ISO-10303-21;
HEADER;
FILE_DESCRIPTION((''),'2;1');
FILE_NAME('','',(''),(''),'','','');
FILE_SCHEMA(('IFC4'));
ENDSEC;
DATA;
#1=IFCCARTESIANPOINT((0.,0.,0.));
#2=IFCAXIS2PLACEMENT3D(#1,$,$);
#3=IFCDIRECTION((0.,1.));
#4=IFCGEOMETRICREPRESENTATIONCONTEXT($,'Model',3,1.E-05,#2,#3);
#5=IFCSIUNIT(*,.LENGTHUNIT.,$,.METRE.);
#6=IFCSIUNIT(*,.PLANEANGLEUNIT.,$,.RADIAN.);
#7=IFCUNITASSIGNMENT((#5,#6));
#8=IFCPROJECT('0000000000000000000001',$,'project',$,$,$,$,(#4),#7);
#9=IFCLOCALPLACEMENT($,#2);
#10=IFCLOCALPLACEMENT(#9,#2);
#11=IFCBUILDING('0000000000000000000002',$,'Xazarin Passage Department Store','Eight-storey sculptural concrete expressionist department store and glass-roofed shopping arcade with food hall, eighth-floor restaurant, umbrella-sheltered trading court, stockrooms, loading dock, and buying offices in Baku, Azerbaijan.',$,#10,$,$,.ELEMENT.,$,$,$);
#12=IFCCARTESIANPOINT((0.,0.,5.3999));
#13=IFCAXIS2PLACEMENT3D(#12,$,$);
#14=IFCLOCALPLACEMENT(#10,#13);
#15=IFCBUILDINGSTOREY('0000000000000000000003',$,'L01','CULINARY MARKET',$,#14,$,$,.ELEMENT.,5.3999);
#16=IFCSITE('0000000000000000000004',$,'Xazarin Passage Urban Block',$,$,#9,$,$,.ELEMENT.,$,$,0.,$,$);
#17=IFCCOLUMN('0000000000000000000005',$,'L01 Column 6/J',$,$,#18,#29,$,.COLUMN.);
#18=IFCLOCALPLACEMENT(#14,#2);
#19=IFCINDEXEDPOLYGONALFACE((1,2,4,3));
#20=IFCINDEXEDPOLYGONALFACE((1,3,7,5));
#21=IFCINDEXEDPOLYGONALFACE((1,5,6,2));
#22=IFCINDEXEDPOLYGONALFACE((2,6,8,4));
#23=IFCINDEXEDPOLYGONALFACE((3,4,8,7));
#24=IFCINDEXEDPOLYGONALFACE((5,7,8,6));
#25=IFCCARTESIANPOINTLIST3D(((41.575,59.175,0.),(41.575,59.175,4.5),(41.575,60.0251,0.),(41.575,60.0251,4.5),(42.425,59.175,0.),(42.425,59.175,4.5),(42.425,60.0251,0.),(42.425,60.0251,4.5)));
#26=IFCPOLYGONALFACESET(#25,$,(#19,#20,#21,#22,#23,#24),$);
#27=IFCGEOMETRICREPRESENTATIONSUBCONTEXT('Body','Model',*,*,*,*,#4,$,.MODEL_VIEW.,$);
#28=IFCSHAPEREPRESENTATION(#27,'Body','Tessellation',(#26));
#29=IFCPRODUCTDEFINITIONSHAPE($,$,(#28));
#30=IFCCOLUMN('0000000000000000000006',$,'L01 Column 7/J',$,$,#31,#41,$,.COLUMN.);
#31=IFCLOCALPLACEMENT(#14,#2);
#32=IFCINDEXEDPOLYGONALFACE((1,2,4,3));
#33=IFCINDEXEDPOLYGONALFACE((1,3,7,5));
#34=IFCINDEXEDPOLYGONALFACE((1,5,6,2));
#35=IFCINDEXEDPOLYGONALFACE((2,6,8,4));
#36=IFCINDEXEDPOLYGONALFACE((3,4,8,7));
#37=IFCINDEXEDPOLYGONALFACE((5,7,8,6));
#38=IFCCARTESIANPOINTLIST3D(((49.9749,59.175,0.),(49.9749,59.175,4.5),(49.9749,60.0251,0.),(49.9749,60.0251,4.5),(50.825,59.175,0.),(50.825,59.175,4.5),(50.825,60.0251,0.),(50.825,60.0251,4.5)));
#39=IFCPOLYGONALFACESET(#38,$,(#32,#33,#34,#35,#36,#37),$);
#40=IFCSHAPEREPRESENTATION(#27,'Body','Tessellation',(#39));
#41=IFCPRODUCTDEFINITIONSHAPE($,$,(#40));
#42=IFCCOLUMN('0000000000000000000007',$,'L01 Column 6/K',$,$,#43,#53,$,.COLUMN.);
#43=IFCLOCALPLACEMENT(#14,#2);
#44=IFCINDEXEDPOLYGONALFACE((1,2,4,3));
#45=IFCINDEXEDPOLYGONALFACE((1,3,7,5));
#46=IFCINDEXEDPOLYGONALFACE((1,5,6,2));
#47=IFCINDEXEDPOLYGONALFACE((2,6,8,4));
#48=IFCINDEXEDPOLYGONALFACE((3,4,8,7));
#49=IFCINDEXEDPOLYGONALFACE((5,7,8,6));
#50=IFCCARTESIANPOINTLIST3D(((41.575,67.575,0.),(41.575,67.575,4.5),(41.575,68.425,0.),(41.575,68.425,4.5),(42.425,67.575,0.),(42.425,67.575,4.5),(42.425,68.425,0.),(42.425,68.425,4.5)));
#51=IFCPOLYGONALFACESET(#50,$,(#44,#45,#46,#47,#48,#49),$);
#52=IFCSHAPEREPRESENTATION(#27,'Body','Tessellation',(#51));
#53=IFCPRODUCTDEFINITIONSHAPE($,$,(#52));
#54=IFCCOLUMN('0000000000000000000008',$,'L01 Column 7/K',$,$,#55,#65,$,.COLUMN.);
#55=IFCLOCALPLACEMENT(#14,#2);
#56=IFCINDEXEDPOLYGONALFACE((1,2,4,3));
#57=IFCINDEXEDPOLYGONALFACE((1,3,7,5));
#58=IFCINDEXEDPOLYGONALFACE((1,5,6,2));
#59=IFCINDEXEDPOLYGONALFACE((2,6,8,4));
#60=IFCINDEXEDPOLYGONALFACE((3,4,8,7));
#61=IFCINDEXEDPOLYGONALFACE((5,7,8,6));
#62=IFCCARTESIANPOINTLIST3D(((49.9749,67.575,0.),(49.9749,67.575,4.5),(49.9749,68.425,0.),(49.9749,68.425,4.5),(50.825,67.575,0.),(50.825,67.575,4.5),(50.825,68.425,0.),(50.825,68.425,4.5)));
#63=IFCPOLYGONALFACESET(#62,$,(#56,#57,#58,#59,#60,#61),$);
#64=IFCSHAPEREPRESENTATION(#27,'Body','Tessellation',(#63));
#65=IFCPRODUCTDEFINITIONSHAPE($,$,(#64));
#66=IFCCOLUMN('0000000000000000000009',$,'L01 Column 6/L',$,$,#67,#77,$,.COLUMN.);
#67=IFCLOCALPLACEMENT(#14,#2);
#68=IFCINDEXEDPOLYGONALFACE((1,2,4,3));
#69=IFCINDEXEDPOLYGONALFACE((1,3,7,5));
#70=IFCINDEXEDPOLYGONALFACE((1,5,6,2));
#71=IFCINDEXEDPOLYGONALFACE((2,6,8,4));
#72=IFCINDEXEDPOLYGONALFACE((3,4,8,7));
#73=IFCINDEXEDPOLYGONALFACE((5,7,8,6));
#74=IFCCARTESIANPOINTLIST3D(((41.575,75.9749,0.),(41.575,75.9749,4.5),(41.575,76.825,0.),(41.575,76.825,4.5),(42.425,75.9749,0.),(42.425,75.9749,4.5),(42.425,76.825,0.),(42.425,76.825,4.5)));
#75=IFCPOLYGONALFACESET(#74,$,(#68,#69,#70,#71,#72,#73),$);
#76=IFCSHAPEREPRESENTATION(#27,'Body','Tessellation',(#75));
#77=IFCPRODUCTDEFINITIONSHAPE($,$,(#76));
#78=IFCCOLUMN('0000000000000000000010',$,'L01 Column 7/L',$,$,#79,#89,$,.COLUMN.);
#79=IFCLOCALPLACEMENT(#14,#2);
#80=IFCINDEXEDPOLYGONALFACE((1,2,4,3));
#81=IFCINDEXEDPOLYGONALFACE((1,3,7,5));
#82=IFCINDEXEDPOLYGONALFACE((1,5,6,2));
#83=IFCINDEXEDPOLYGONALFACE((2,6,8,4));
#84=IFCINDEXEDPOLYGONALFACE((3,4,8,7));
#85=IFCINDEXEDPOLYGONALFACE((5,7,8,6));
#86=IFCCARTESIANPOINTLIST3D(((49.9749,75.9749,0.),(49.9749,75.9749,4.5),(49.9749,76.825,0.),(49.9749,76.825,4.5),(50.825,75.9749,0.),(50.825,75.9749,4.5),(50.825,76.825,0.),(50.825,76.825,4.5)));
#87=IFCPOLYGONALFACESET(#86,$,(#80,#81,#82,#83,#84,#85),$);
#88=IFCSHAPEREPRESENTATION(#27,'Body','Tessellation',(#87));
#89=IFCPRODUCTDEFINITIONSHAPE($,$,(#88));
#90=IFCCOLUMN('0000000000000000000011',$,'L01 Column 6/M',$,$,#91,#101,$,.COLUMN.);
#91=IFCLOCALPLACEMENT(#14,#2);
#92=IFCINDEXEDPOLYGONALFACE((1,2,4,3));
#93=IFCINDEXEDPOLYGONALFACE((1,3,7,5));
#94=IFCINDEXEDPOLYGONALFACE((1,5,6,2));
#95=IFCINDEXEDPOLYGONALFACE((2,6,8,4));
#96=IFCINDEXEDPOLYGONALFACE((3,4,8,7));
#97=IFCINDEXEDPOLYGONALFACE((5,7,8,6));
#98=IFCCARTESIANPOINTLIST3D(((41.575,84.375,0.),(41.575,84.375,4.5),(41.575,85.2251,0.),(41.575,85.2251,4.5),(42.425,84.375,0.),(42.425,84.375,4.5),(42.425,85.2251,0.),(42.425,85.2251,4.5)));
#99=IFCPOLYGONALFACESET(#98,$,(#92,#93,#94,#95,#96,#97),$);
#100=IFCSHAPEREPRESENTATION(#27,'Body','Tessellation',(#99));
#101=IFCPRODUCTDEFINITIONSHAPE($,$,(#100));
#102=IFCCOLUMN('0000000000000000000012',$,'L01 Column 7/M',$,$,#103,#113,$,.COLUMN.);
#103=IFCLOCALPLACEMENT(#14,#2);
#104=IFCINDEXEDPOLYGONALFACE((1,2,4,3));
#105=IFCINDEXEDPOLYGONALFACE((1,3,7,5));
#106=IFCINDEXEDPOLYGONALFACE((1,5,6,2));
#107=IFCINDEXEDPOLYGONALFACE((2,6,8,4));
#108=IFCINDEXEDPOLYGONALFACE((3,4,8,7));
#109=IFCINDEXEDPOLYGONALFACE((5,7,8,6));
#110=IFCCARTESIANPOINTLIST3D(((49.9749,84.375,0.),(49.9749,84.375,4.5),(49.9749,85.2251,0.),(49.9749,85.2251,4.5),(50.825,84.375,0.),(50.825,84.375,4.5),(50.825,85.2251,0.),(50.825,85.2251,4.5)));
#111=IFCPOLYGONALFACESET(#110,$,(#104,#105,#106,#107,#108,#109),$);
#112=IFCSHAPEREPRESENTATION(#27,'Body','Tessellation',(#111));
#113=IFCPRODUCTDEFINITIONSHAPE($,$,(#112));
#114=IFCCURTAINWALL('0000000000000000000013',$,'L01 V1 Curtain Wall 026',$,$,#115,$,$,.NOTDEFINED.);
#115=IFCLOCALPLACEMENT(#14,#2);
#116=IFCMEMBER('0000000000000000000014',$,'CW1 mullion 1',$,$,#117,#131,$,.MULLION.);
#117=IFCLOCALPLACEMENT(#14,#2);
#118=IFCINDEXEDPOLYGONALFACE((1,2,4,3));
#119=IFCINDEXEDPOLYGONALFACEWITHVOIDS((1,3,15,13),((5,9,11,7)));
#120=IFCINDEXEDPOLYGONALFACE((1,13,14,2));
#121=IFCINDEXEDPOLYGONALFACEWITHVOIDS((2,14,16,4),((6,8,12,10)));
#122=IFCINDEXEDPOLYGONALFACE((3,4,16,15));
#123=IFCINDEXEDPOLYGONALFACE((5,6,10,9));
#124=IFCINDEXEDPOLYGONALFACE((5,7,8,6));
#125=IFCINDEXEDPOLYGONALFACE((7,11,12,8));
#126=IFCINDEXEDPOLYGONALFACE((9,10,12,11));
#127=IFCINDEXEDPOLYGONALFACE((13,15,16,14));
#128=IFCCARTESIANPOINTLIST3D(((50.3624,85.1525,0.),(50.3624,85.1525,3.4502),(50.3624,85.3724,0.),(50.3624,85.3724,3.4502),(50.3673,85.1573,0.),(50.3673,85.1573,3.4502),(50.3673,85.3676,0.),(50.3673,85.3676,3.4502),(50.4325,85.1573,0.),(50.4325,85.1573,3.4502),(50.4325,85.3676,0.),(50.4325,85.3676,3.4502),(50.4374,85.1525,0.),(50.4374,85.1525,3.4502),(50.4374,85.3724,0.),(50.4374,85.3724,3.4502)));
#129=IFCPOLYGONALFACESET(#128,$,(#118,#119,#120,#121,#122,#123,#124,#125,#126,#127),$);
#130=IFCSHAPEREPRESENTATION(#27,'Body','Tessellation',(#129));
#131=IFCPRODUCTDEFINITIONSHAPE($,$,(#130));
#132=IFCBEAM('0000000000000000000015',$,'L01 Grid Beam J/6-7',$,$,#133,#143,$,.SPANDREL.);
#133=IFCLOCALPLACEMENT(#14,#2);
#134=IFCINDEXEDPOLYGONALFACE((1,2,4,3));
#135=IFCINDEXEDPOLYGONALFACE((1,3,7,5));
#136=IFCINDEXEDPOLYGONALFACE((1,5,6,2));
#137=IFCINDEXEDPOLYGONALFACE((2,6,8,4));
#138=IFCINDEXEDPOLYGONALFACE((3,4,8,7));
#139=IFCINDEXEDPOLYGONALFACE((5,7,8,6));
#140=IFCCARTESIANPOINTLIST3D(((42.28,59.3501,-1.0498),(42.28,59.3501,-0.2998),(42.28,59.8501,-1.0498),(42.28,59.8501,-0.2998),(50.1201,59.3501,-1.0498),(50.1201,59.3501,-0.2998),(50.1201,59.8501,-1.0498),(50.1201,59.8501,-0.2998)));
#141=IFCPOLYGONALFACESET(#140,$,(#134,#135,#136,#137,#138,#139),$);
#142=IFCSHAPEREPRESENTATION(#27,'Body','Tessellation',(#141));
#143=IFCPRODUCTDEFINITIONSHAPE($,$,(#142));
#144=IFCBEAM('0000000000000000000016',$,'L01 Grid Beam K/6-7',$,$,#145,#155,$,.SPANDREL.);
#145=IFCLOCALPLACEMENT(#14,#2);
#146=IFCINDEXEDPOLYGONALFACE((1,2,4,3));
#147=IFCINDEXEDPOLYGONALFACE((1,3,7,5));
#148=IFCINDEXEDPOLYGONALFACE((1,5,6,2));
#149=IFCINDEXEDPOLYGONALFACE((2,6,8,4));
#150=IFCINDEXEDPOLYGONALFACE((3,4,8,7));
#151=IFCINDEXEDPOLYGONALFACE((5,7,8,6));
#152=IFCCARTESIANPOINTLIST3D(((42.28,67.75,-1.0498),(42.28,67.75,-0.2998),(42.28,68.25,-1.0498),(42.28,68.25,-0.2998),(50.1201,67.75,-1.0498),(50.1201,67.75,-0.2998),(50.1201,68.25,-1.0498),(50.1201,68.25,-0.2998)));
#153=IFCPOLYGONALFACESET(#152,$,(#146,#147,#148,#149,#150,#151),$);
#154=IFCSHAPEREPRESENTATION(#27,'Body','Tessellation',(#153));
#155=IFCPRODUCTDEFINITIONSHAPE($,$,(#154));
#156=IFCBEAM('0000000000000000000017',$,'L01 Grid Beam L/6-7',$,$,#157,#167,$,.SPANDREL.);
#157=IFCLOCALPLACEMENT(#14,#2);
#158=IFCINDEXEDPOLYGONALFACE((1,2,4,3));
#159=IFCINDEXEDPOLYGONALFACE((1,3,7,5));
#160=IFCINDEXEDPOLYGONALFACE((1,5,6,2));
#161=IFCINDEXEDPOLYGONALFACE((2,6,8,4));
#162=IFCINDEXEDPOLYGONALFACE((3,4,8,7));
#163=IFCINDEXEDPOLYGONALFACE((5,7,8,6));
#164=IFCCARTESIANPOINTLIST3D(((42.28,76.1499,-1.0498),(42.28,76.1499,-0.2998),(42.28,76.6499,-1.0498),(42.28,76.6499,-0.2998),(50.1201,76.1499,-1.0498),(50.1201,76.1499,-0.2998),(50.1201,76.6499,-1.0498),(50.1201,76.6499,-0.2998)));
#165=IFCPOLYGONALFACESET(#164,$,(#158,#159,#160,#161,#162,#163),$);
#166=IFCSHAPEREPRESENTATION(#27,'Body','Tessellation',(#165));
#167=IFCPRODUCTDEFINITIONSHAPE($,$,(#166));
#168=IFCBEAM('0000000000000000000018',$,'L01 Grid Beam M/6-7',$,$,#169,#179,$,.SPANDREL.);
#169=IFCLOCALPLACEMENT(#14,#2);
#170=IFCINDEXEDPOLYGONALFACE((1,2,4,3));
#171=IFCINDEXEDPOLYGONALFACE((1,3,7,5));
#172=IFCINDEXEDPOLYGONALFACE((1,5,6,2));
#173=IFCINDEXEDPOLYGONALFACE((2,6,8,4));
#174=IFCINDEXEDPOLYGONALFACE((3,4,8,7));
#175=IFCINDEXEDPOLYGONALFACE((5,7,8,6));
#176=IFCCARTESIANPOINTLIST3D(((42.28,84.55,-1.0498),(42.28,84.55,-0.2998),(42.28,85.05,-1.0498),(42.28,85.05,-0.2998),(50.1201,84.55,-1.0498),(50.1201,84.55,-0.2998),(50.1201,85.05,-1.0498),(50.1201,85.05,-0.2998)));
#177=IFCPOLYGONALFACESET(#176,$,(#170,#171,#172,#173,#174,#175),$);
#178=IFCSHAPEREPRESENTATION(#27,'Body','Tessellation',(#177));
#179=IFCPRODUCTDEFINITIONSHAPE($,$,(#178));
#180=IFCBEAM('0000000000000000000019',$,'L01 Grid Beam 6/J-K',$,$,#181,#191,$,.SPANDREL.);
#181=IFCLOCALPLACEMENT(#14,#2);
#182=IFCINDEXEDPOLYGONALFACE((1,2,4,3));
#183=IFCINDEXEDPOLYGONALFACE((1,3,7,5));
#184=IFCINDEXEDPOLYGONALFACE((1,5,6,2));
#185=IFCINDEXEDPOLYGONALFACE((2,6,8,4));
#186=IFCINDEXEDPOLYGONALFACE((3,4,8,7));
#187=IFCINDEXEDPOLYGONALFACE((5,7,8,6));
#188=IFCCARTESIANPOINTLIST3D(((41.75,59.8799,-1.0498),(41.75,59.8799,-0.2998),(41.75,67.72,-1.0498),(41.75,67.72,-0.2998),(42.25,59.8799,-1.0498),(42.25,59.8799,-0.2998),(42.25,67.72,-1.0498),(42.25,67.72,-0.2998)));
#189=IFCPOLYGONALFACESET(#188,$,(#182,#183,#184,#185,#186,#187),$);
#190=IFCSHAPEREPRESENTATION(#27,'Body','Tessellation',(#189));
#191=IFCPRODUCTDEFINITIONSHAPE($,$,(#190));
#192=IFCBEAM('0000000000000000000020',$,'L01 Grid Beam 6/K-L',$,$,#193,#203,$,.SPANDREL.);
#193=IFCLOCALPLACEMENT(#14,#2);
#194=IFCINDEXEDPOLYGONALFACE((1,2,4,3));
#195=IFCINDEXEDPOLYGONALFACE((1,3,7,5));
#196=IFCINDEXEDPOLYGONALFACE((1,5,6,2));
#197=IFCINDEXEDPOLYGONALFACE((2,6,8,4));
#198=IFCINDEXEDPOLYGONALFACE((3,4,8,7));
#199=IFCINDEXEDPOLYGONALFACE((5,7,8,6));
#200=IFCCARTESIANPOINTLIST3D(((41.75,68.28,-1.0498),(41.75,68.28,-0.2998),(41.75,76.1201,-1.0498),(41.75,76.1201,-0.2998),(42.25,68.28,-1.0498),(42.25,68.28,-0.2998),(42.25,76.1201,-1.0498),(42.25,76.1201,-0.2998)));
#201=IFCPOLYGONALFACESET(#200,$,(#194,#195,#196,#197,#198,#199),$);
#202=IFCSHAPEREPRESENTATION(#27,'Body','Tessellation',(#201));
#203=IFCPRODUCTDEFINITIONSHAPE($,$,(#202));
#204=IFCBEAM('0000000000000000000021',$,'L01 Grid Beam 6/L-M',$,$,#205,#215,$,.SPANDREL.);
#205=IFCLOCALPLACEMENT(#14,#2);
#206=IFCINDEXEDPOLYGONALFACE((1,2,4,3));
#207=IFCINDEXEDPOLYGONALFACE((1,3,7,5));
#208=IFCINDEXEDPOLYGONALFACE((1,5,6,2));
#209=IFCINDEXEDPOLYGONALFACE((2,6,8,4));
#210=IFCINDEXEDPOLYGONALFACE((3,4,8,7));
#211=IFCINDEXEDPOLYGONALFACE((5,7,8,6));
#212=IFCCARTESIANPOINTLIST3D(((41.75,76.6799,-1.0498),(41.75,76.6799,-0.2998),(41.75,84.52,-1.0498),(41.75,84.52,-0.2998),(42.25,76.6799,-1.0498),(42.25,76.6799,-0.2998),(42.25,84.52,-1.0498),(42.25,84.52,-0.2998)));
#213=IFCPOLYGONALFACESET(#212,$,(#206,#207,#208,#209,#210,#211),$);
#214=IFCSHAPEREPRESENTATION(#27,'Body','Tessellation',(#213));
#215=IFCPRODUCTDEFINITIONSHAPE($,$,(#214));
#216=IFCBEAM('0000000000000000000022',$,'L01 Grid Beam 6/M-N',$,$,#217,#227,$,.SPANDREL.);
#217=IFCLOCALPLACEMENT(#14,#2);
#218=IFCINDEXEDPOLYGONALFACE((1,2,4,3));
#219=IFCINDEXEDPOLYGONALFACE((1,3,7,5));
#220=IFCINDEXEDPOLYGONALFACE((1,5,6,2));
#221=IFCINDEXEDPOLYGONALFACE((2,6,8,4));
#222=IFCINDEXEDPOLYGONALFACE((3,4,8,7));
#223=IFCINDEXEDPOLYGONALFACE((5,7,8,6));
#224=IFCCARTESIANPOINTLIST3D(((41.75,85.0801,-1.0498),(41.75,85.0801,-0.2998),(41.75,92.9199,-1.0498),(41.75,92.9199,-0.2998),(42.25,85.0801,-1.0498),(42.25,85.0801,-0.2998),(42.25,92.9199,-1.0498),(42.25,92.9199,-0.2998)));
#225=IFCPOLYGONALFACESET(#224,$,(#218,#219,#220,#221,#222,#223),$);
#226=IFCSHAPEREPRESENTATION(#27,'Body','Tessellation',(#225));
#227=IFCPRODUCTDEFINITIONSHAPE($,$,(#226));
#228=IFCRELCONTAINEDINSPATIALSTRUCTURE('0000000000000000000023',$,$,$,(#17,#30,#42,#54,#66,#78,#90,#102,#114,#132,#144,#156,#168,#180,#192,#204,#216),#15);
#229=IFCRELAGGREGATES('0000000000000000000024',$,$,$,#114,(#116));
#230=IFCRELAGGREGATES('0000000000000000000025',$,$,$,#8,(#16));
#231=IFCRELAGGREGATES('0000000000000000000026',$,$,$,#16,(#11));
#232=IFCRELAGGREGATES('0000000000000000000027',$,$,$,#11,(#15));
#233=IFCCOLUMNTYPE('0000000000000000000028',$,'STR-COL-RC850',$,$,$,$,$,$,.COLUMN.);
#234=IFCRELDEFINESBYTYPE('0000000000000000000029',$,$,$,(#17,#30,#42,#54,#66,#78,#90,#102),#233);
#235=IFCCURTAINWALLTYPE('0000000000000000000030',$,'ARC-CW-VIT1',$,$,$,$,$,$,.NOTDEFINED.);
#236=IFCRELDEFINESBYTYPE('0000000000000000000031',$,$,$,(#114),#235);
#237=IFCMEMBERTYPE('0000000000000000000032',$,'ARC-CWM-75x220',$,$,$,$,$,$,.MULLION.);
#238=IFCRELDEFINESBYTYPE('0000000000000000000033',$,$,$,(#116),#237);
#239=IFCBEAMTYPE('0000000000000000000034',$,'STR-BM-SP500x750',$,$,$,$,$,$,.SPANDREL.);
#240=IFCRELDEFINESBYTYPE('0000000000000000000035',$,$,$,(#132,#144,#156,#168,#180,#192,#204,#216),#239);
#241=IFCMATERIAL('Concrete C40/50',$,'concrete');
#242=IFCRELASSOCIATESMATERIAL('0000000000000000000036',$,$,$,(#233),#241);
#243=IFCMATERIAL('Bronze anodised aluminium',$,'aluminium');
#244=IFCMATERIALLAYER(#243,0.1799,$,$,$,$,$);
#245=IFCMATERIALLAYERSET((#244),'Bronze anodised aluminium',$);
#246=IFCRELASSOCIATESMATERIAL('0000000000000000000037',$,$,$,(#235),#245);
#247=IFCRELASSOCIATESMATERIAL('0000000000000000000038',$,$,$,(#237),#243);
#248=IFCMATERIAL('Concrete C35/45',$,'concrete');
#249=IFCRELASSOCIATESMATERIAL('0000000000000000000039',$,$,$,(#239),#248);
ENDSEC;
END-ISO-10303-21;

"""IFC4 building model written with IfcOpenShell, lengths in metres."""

from ifc_helpers import new_model, si_unit, direction, frame, origin, origin_2d, place, context, subcontext, project, spatial, rectangle, hollow_rectangle, extrude, material, layer, layer_set, material_profile, profile_set, type_object, element, aggregate, save


model = new_model("IFC4")

# Units and contexts
model_context = context("Model", 3, precision=1e-05, world=origin(), true_north=direction((0.0, 1.0)))
body_context = subcontext(model_context, "Body", "Model", "MODEL_VIEW")
ifc_project = project(units=[si_unit("LENGTHUNIT", "METRE"), si_unit("PLANEANGLEUNIT", "RADIAN")], contexts=[model_context])

# Site, building, storey
site_placement = place(None, origin())
site = spatial("IfcSite", under=ifc_project, at=site_placement, Name="Xazarin Passage Urban Block", CompositionType="ELEMENT", RefElevation=0.0)
building_placement = place(site_placement, origin())
building = spatial("IfcBuilding", under=site, at=building_placement, Name="Xazarin Passage Department Store", Description="Eight-storey sculptural concrete expressionist department store and glass-roofed shopping arcade with food hall, eighth-floor restaurant, umbrella-sheltered trading court, stockrooms, loading dock, and buying offices in Baku, Azerbaijan.", CompositionType="ELEMENT")
storey_placement = place(building_placement, frame((0.0, 0.0, 5.3999)))
storey = spatial("IfcBuildingStorey", under=building, at=storey_placement, Name="L01", Description="CULINARY MARKET", CompositionType="ELEMENT", Elevation=5.3999)

# Columns
ifc_material_1 = material(Name="Concrete C40/50", Category="concrete")
ifc_material_profile_1 = material_profile(ifc_material_1, rectangle(XDim=0.8501, YDim=0.8501, at=origin_2d()), Name="RC 850x850")
ifc_profile_set_1 = profile_set([ifc_material_profile_1], Name="Concrete C40/50")
column_type = type_object("IfcColumnType", Name="STR-COL-RC850", PredefinedType="COLUMN", material=ifc_profile_set_1)
for number, where, z_axis, x_axis, name in (
    (1, (42.0, 59.6001, 0.0), (0.0, 0.0, 1.0), (1.0, 0.0, 0.0), "L01 Column 6/J"),
    (2, (50.3999, 59.6001, 0.0), (0.0, 0.0, 1.0), (1.0, 0.0, 0.0), "L01 Column 7/J"),
    (3, (42.0, 68.0, 0.0), (0.0, 0.0, 1.0), (1.0, 0.0, 0.0), "L01 Column 6/K"),
    (4, (50.3999, 68.0, 0.0), (0.0, 0.0, 1.0), (1.0, 0.0, 0.0), "L01 Column 7/K"),
    (5, (42.0, 76.3999, 0.0), (0.0, 0.0, 1.0), (1.0, 0.0, 0.0), "L01 Column 6/L"),
    (6, (50.3999, 76.3999, 0.0), (0.0, 0.0, 1.0), (1.0, 0.0, 0.0), "L01 Column 7/L"),
    (7, (42.0, 84.8, 0.0), (0.0, 0.0, 1.0), (1.0, 0.0, 0.0), "L01 Column 6/M"),
    (8, (50.3999, 84.8, 0.0), (0.0, 0.0, 1.0), (1.0, 0.0, 0.0), "L01 Column 7/M"),
):
    element("IfcColumn", number, at=place(storey_placement, frame(where, z_axis=z_axis, x_axis=x_axis)), inside=storey, type_object=column_type, Name=name, PredefinedType="COLUMN", context=body_context, shape_type="SweptSolid", body=[
        extrude(rectangle(XDim=0.8501, YDim=0.8501, at=origin_2d()), origin(), (0.0, 0.0, 1.0), 4.5),
    ])

# Curtain wall, member
ifc_material_2 = material(Name="Bronze anodised aluminium", Category="aluminium")
ifc_layer = layer(ifc_material_2, 0.1799)
ifc_layer_set = layer_set([ifc_layer], Name="Bronze anodised aluminium")
curtain_wall_type = type_object("IfcCurtainWallType", Name="ARC-CW-VIT1", PredefinedType="NOTDEFINED", material=ifc_layer_set)
curtain_wall_placement = place(storey_placement, origin())
curtain_wall = element("IfcCurtainWall", 9, at=curtain_wall_placement, inside=storey, type_object=curtain_wall_type, Name="L01 V1 Curtain Wall 026", PredefinedType="NOTDEFINED")
ifc_material_profile_2 = material_profile(ifc_material_2, hollow_rectangle(XDim=0.075, YDim=0.22, WallThickness=0.0049, at=origin_2d()), Name="ALU 75x220")
ifc_profile_set_2 = profile_set([ifc_material_profile_2], Name="Bronze anodised aluminium")
member_type = type_object("IfcMemberType", Name="ARC-CWM-75x220", PredefinedType="MULLION", material=ifc_profile_set_2)
member_placement = place(storey_placement, frame((50.3999, 85.2625, 0.0), z_axis=(0.0, 0.0, 1.0), x_axis=(-1.0, 0.0, 0.0)))
member = element("IfcMember", 10, at=member_placement, type_object=member_type, Name="CW1 mullion 1", PredefinedType="MULLION", context=body_context, shape_type="SweptSolid", body=[
    extrude(hollow_rectangle(XDim=0.075, YDim=0.22, WallThickness=0.0049, at=origin_2d()), origin(), (0.0, 0.0, 1.0), 3.4502),
])
aggregate(curtain_wall, [member])

# Beams
ifc_material_3 = material(Name="Concrete C35/45", Category="concrete")
ifc_material_profile_3 = material_profile(ifc_material_3, rectangle(XDim=0.5, YDim=0.75, at=origin_2d()), Name="RC 500x750")
ifc_profile_set_3 = profile_set([ifc_material_profile_3], Name="Concrete C35/45")
beam_type = type_object("IfcBeamType", Name="STR-BM-SP500x750", PredefinedType="SPANDREL", material=ifc_profile_set_3)
for number, where, z_axis, x_axis, name in (
    (11, (42.28, 59.6001, -0.6748), (1.0, 0.0, 0.0), (0.0, 1.0, 0.0), "L01 Grid Beam J/6-7"),
    (12, (42.28, 68.0, -0.6748), (1.0, 0.0, 0.0), (0.0, 1.0, 0.0), "L01 Grid Beam K/6-7"),
    (13, (42.28, 76.3999, -0.6748), (1.0, 0.0, 0.0), (0.0, 1.0, 0.0), "L01 Grid Beam L/6-7"),
    (14, (42.28, 84.8, -0.6748), (1.0, 0.0, 0.0), (0.0, 1.0, 0.0), "L01 Grid Beam M/6-7"),
    (15, (42.0, 59.8799, -0.6748), (0.0, 1.0, 0.0), (-1.0, 0.0, 0.0), "L01 Grid Beam 6/J-K"),
    (16, (42.0, 68.28, -0.6748), (0.0, 1.0, 0.0), (-1.0, 0.0, 0.0), "L01 Grid Beam 6/K-L"),
    (17, (42.0, 76.6799, -0.6748), (0.0, 1.0, 0.0), (-1.0, 0.0, 0.0), "L01 Grid Beam 6/L-M"),
):
    element("IfcBeam", number, at=place(storey_placement, frame(where, z_axis=z_axis, x_axis=x_axis)), inside=storey, type_object=beam_type, Name=name, PredefinedType="SPANDREL", context=body_context, shape_type="SweptSolid", body=[
        extrude(rectangle(XDim=0.5, YDim=0.75, at=origin_2d()), origin(), (0.0, 0.0, 1.0), 7.8401),
    ])
beam_1_placement = place(storey_placement, frame((42.0, 85.0801, -0.6748), z_axis=(0.0, 1.0, 0.0), x_axis=(-1.0, 0.0, 0.0)))
element("IfcBeam", 18, at=beam_1_placement, inside=storey, type_object=beam_type, Name="L01 Grid Beam 6/M-N", PredefinedType="SPANDREL", context=body_context, shape_type="SweptSolid", body=[
    extrude(rectangle(XDim=0.5, YDim=0.75, at=origin_2d()), origin(), (0.0, 0.0, 1.0), 7.8398),
])

save(model, "model.ifc")
